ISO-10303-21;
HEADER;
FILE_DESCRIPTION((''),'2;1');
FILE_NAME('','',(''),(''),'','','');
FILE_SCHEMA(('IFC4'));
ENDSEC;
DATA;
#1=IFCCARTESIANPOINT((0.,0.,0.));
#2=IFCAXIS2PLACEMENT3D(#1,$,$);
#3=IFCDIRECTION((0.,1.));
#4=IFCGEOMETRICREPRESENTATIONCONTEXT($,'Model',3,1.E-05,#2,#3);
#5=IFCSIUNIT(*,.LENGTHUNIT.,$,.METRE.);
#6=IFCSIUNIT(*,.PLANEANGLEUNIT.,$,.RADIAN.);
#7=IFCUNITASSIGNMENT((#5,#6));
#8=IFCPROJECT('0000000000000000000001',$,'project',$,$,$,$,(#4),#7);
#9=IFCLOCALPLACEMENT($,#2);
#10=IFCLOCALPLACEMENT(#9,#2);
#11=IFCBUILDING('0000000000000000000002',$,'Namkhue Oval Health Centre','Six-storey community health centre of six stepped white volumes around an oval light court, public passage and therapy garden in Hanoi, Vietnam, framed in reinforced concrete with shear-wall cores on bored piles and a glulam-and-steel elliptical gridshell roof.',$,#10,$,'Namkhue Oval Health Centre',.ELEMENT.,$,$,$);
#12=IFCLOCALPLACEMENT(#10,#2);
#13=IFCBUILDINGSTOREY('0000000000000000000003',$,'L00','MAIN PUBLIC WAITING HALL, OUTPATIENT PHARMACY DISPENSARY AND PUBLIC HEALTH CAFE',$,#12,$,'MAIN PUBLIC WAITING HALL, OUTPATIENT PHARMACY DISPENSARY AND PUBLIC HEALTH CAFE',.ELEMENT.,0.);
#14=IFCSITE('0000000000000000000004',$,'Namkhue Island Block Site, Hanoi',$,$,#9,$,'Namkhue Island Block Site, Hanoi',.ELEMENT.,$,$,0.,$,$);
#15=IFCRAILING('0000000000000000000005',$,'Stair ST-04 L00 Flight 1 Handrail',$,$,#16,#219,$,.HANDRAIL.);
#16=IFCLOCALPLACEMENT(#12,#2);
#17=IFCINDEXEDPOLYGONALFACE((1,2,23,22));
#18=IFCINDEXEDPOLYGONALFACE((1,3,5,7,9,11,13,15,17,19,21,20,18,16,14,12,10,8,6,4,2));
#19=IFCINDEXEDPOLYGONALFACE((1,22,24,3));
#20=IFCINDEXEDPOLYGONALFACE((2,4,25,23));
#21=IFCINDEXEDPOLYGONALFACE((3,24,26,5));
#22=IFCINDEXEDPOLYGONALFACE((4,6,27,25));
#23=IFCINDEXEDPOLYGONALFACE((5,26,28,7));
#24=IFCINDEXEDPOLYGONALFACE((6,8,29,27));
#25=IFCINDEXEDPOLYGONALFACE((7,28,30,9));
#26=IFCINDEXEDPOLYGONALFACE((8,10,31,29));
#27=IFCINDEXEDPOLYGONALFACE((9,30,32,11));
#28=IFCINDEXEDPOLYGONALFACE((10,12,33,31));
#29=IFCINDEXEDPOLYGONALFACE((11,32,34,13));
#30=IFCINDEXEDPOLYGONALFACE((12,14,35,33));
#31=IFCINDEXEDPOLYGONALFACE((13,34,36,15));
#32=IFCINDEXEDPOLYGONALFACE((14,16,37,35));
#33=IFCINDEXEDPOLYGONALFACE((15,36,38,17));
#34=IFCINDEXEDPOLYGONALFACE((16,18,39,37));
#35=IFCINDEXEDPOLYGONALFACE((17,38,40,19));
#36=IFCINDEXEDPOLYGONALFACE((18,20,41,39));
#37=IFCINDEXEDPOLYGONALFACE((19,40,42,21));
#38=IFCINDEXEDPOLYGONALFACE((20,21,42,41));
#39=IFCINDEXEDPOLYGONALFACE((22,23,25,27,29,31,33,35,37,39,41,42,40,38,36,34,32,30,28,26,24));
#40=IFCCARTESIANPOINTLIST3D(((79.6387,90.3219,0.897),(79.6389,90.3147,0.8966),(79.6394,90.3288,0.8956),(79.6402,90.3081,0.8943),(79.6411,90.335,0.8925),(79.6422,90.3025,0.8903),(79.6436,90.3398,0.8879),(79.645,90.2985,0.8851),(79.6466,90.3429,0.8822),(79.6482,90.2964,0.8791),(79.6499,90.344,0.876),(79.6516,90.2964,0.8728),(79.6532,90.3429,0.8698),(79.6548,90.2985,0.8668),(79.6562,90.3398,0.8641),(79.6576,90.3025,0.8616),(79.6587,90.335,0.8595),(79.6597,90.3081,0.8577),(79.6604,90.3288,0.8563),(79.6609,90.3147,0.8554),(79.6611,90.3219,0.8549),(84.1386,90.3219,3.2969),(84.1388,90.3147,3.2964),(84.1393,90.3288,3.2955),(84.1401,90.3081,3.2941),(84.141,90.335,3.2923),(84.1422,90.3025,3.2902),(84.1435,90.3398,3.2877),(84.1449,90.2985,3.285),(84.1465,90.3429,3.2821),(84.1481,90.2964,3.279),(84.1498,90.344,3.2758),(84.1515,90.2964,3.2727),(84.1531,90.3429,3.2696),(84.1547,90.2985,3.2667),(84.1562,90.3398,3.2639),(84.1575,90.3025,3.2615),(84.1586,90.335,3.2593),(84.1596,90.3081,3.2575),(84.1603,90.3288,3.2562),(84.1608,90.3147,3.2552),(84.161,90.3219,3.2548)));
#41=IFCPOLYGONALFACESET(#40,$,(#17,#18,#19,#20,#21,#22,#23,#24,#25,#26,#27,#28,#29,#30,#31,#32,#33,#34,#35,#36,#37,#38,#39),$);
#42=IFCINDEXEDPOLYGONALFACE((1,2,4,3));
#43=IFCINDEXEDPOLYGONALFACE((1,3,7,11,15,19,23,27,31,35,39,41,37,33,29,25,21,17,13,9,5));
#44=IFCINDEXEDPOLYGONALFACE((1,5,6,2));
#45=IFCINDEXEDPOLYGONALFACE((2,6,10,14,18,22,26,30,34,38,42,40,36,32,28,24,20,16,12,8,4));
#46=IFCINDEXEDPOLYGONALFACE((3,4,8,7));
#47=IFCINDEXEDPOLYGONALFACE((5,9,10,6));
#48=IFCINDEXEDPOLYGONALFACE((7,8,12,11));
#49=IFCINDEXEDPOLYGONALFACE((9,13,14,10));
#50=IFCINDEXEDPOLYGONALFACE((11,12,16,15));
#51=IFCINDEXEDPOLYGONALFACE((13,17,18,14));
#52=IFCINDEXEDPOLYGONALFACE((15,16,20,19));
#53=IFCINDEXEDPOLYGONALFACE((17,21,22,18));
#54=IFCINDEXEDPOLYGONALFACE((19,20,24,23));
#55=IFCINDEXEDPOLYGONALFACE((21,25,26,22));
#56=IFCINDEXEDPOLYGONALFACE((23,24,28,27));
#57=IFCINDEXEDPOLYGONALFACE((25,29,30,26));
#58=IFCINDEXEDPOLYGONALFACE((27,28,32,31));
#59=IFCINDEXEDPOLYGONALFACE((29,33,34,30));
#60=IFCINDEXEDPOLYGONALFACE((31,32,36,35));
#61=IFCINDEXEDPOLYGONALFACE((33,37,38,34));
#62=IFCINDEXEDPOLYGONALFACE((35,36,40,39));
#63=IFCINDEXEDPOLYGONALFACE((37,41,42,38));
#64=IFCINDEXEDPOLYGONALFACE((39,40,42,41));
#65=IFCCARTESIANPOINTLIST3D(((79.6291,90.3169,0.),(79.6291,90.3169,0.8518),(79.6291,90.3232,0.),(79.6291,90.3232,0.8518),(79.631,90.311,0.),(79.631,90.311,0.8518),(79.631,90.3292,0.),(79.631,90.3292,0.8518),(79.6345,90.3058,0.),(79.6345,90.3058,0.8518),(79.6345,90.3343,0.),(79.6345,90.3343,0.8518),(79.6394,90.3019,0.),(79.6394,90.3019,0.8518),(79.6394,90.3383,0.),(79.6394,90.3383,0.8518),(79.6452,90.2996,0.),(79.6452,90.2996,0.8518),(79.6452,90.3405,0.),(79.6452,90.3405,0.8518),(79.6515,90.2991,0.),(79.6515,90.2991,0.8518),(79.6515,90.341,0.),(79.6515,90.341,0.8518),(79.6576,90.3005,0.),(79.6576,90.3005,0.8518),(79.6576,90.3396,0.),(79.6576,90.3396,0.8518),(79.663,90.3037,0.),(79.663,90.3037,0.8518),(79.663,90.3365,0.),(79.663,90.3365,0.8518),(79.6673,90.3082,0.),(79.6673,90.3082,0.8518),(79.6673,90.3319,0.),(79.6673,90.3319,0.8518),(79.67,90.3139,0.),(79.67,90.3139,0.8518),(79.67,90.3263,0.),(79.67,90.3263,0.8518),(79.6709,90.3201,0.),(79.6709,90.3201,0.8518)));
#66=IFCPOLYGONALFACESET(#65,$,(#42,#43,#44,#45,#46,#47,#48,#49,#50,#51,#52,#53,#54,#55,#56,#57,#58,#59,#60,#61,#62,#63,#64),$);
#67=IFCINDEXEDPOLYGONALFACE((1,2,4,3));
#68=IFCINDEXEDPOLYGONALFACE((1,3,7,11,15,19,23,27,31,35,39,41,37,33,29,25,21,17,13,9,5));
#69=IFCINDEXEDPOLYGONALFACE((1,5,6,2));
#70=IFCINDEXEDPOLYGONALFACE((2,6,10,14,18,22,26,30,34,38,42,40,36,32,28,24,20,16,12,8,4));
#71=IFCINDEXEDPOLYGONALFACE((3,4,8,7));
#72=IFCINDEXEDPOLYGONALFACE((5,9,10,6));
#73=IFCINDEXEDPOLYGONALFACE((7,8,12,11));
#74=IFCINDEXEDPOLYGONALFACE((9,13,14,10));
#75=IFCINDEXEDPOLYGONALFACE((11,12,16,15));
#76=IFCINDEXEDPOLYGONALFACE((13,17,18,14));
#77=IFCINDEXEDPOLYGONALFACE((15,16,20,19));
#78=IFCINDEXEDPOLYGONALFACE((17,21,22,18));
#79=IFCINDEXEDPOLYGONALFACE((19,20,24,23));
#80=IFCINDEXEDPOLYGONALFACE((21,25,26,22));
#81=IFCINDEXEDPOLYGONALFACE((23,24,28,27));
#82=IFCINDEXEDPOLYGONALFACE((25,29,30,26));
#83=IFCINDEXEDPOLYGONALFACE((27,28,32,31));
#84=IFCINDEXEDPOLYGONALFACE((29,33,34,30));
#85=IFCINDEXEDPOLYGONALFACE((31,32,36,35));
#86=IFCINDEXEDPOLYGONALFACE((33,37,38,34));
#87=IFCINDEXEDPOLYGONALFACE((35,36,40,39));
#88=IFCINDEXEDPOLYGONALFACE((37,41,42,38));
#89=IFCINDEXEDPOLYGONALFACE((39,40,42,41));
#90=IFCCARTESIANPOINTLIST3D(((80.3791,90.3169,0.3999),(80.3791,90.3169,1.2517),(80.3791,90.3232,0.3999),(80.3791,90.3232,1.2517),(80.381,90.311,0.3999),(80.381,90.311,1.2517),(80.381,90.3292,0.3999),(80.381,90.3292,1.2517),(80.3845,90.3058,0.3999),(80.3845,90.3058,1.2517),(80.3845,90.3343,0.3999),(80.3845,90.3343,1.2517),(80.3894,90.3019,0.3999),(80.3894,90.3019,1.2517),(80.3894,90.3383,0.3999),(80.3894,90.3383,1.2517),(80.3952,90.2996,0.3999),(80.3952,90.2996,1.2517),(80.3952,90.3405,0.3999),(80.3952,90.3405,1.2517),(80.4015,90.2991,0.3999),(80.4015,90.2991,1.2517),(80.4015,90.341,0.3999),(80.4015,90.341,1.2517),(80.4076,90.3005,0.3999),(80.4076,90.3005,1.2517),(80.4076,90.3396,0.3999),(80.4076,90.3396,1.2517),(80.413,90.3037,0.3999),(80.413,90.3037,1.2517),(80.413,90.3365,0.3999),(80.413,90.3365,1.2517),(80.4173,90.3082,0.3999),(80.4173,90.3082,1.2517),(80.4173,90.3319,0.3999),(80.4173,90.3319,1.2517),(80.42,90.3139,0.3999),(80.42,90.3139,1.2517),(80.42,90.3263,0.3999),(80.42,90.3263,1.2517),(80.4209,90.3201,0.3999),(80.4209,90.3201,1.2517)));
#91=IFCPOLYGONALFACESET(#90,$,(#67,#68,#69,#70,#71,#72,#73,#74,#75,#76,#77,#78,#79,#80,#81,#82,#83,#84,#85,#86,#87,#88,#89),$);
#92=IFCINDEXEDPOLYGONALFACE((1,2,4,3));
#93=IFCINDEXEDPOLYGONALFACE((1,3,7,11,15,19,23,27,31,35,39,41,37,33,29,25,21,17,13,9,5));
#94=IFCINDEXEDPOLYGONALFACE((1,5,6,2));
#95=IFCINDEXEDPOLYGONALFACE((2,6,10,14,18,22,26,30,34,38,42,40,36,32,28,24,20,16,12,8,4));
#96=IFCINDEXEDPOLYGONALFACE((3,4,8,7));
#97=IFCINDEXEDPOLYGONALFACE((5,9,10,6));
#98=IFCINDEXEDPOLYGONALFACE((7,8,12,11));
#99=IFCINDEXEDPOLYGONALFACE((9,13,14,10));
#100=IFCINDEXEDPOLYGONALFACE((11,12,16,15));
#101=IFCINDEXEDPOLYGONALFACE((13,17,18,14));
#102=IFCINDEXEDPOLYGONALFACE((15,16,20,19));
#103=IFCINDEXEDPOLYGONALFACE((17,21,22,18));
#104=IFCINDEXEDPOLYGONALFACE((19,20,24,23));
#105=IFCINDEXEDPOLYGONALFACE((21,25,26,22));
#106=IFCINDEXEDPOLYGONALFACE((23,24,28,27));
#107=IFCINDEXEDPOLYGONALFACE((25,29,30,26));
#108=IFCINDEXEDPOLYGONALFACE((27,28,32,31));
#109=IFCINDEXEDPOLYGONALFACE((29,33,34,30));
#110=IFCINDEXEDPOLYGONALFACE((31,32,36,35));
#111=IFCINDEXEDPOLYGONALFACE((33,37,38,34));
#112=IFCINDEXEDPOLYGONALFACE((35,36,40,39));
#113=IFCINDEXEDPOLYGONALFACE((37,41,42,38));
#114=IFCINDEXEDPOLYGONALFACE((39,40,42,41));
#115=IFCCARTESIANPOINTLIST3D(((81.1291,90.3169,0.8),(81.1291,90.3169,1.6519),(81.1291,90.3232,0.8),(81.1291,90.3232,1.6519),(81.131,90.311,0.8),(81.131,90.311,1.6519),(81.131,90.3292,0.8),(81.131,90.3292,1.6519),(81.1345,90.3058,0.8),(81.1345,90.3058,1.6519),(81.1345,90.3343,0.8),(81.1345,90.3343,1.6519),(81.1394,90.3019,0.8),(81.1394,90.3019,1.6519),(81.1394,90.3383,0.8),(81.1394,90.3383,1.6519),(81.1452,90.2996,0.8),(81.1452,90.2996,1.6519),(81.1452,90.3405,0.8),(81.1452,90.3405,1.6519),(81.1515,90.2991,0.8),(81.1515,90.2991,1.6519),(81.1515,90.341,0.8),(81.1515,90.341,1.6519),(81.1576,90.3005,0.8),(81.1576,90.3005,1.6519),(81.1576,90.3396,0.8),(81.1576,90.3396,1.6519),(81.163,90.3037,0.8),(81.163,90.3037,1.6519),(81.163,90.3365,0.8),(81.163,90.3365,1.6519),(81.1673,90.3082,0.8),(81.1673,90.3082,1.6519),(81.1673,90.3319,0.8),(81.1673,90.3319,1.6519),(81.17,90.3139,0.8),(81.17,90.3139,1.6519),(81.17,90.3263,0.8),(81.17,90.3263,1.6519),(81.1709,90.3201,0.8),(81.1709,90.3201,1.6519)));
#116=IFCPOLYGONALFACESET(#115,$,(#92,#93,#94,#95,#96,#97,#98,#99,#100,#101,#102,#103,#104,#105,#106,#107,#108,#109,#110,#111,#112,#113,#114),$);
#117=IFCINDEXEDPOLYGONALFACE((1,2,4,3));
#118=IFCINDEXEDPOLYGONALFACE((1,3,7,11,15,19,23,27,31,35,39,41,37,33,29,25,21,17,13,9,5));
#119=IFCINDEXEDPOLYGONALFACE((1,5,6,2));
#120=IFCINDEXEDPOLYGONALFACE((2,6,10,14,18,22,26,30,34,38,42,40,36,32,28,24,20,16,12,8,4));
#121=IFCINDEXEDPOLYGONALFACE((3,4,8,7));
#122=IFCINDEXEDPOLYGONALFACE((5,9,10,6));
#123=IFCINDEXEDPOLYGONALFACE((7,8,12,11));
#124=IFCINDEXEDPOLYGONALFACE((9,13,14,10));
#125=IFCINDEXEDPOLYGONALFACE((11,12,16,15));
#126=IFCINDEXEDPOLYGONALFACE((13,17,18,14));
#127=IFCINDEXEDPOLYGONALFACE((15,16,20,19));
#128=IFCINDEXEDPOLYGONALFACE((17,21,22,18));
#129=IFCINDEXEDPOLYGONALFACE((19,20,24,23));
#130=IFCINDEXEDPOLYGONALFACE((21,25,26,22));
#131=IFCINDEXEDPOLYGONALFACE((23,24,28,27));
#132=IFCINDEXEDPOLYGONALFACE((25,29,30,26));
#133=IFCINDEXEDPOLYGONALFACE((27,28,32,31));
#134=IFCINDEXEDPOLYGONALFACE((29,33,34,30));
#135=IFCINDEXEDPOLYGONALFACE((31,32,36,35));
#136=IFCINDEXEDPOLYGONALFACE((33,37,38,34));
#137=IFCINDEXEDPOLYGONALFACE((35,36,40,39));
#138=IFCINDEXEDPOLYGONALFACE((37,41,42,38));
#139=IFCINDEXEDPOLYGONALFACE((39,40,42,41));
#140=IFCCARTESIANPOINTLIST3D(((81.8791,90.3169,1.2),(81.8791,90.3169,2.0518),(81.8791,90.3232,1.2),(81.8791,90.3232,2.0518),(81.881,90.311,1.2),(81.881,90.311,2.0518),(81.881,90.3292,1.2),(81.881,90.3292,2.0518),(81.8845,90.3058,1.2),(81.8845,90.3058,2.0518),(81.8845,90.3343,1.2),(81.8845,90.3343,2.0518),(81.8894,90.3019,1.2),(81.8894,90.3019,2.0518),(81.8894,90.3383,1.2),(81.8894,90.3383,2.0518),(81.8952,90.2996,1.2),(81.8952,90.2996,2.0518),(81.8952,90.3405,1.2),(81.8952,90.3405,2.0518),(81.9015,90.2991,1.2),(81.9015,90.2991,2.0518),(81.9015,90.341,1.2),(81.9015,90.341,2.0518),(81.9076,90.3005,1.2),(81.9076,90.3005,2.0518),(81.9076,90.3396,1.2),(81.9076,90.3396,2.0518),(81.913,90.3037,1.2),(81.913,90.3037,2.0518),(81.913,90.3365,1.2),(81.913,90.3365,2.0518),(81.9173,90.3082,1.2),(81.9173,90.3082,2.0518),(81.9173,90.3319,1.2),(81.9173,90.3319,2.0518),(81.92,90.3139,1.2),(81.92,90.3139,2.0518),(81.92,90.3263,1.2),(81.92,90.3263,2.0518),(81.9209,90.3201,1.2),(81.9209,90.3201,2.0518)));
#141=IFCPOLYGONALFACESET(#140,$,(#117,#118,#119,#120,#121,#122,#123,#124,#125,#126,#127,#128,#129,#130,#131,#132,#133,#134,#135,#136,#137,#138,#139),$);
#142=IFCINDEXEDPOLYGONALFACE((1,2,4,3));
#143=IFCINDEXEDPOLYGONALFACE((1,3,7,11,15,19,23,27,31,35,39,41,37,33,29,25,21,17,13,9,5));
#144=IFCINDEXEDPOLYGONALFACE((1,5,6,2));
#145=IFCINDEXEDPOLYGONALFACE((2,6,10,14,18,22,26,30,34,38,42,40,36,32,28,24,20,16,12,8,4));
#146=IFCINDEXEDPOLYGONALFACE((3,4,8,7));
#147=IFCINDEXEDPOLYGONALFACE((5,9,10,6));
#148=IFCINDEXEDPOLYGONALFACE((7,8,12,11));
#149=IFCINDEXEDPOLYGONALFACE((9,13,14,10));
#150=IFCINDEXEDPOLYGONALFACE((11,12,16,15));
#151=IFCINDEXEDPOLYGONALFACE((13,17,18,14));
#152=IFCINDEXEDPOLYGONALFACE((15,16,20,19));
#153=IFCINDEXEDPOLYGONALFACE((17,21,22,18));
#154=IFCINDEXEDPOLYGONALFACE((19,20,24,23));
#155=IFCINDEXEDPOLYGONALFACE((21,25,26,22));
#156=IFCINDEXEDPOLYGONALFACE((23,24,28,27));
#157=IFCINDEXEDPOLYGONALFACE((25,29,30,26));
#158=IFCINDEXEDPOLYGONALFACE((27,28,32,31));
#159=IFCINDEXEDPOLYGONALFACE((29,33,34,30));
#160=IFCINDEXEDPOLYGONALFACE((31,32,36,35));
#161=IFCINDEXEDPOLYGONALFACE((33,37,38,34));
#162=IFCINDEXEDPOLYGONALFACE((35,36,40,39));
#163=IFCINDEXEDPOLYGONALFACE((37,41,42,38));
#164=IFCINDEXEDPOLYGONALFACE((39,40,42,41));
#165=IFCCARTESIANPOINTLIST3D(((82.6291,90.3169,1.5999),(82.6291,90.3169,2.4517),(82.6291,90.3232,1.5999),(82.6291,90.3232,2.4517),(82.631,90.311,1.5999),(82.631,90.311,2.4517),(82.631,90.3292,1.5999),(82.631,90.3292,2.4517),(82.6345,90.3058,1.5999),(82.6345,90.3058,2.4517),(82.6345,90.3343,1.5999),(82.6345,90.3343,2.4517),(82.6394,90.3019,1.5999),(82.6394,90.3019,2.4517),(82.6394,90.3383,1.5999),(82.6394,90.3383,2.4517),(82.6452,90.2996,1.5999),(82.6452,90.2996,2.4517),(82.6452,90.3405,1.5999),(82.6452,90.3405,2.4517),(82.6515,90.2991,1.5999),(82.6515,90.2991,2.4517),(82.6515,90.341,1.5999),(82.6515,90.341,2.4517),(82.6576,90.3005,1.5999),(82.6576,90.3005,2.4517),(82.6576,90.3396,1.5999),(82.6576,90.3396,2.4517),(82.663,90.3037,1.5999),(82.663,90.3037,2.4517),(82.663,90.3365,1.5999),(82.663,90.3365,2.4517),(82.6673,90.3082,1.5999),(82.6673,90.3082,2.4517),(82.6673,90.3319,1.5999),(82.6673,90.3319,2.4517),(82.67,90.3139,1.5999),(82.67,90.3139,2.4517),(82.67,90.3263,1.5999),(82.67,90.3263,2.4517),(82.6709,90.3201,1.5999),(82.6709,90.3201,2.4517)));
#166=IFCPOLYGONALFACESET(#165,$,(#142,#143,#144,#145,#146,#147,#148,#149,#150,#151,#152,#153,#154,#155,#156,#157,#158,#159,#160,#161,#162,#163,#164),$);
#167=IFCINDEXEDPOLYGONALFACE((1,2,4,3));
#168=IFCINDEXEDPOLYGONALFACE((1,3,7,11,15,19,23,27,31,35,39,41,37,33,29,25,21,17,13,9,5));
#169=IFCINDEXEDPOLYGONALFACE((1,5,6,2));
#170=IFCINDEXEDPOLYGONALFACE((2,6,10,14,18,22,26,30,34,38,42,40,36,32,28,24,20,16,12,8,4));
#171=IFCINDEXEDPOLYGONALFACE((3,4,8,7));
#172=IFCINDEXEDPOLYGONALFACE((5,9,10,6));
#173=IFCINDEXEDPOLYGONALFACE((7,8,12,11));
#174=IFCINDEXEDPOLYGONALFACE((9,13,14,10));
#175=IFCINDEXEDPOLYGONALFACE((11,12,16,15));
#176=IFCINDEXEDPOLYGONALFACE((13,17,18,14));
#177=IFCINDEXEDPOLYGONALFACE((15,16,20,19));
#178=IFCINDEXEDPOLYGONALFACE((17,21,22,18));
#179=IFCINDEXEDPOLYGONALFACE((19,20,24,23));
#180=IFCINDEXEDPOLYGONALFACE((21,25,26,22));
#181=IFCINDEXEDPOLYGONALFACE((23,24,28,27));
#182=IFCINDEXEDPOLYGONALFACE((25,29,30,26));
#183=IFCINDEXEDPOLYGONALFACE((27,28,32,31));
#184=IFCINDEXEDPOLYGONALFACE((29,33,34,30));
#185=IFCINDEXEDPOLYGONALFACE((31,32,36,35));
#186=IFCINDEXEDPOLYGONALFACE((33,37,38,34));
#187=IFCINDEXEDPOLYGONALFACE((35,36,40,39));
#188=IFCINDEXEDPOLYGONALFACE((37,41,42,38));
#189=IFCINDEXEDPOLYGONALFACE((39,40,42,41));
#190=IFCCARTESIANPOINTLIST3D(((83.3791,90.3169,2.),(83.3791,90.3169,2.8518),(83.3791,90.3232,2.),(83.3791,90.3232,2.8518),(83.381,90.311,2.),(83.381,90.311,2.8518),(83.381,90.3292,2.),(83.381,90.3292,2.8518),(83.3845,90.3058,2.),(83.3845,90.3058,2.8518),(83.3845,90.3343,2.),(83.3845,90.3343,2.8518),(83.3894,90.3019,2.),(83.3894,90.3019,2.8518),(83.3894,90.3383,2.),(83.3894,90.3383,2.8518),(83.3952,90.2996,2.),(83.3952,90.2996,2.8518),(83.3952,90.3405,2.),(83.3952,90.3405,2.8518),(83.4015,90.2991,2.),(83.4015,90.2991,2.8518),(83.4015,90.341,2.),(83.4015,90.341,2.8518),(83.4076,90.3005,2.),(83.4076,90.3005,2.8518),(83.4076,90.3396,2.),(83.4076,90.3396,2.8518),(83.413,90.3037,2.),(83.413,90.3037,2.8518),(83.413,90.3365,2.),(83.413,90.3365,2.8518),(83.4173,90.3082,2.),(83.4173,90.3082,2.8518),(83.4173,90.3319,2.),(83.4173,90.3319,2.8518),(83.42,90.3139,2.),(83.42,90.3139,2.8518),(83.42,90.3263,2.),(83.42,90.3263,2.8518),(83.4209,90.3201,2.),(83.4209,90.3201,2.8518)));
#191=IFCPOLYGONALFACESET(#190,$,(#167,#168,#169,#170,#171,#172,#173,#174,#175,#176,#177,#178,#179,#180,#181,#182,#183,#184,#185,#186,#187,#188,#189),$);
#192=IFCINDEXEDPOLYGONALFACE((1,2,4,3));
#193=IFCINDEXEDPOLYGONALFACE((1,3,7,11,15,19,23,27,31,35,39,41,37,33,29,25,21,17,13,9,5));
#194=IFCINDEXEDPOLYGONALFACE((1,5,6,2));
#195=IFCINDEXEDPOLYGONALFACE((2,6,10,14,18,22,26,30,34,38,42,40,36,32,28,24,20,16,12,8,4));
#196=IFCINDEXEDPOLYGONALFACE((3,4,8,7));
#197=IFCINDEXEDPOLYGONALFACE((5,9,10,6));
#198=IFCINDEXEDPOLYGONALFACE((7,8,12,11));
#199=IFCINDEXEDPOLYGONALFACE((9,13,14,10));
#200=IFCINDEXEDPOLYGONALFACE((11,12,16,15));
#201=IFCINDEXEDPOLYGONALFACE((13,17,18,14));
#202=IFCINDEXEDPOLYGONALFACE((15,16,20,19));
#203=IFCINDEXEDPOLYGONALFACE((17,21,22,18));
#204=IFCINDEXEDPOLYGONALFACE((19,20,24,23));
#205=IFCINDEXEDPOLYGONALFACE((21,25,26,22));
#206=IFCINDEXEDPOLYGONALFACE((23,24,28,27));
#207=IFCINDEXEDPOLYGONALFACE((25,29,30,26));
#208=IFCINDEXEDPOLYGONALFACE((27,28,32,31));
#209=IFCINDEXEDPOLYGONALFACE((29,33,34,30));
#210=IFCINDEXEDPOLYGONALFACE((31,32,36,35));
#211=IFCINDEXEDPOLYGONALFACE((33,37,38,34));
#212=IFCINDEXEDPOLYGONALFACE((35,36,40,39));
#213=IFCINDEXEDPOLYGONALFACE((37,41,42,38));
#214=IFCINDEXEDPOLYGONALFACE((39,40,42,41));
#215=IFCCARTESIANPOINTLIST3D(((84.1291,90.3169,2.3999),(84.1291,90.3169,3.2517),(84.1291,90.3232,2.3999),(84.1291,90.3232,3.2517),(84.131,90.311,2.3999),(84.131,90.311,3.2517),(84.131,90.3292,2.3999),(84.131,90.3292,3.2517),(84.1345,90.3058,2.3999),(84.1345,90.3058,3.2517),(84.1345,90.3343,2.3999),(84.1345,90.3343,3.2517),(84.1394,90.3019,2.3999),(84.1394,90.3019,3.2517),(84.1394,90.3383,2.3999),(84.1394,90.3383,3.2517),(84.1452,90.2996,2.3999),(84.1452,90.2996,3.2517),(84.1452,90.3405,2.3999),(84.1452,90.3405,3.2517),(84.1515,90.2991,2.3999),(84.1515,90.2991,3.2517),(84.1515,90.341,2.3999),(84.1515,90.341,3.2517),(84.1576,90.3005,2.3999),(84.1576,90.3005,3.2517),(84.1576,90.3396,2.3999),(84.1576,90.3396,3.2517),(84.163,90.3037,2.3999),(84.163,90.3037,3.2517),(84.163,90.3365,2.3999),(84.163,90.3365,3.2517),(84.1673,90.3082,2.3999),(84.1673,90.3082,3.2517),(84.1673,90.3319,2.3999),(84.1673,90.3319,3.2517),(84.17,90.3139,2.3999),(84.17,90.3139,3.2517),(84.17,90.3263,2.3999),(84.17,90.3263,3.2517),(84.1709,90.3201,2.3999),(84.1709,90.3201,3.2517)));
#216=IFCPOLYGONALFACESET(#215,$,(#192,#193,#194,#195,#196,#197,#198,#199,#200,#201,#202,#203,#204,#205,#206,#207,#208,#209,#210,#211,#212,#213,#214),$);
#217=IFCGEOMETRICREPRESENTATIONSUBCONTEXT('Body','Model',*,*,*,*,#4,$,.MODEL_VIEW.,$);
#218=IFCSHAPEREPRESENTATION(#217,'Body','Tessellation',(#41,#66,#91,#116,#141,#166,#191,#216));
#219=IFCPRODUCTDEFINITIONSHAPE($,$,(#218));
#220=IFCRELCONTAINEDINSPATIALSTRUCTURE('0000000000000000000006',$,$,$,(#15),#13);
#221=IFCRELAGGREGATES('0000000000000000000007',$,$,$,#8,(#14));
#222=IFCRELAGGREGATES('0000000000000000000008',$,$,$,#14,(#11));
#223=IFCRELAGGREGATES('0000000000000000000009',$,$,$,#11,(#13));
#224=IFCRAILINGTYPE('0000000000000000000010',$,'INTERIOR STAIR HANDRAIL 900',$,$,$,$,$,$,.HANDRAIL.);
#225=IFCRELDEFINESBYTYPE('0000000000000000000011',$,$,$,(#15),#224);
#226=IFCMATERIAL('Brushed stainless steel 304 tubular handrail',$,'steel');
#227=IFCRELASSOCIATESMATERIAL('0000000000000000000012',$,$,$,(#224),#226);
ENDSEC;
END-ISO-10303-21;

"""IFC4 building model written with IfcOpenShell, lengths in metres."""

from ifc_helpers import new_model, si_unit, direction, frame, origin, origin_2d, place, context, subcontext, project, spatial, circle, extrude, material, type_object, element, save


model = new_model("IFC4")

# Units and contexts
model_context = context("Model", 3, precision=1e-05, world=origin(), true_north=direction((0.0, 1.0)))
body_context = subcontext(model_context, "Body", "Model", "MODEL_VIEW")
ifc_project = project(units=[si_unit("LENGTHUNIT", "METRE"), si_unit("PLANEANGLEUNIT", "RADIAN")], contexts=[model_context])

# Site, building, storey
site_placement = place(None, origin())
site = spatial("IfcSite", under=ifc_project, at=site_placement, Name="Namkhue Island Block Site, Hanoi", LongName="Namkhue Island Block Site, Hanoi", CompositionType="ELEMENT", RefElevation=0.0)
building_placement = place(site_placement, origin())
building = spatial("IfcBuilding", under=site, at=building_placement, Name="Namkhue Oval Health Centre", Description="Six-storey community health centre of six stepped white volumes around an oval light court, public passage and therapy garden in Hanoi, Vietnam, framed in reinforced concrete with shear-wall cores on bored piles and a glulam-and-steel elliptical gridshell roof.", LongName="Namkhue Oval Health Centre", CompositionType="ELEMENT")
storey_placement = place(building_placement, origin())
storey = spatial("IfcBuildingStorey", under=building, at=storey_placement, Name="L00", Description="MAIN PUBLIC WAITING HALL, OUTPATIENT PHARMACY DISPENSARY AND PUBLIC HEALTH CAFE", LongName="MAIN PUBLIC WAITING HALL, OUTPATIENT PHARMACY DISPENSARY AND PUBLIC HEALTH CAFE", CompositionType="ELEMENT", Elevation=0.0)

# Railing
ifc_material_1 = material(Name="Brushed stainless steel 304 tubular handrail", Category="steel")
railing_type_1 = type_object("IfcRailingType", Name="INTERIOR STAIR HANDRAIL 900", PredefinedType="HANDRAIL", material=ifc_material_1)
railing_1_placement = place(storey_placement, frame((79.6499, 90.3201, 0.0)))
element("IfcRailing", 1, at=railing_1_placement, inside=storey, type_object=railing_type_1, Name="Stair ST-04 L00 Flight 1 Handrail", PredefinedType="HANDRAIL", context=body_context, shape_type="SweptSolid", body=[
    extrude(circle(Radius=0.0239, at=origin_2d()), frame((0.0, 0.0, 0.876), z_axis=(0.882361, 0.0, 0.470573), x_axis=(0.0, 1.0, 0.0)), (0.0, 0.0, 1.0), 5.0999),
    extrude(circle(Radius=0.021, at=origin_2d()), origin(), (0.0, 0.0, 1.0), 0.8518),
    extrude(circle(Radius=0.021, at=origin_2d()), frame((0.75, 0.0, 0.3999)), (0.0, 0.0, 1.0), 0.8518),
    extrude(circle(Radius=0.021, at=origin_2d()), frame((1.5, 0.0, 0.8)), (0.0, 0.0, 1.0), 0.8518),
    extrude(circle(Radius=0.021, at=origin_2d()), frame((2.25, 0.0, 1.2)), (0.0, 0.0, 1.0), 0.8518),
    extrude(circle(Radius=0.021, at=origin_2d()), frame((3.0, 0.0, 1.5999)), (0.0, 0.0, 1.0), 0.8518),
    extrude(circle(Radius=0.021, at=origin_2d()), frame((3.75, 0.0, 2.0)), (0.0, 0.0, 1.0), 0.8518),
    extrude(circle(Radius=0.021, at=origin_2d()), frame((4.5, 0.0, 2.3999)), (0.0, 0.0, 1.0), 0.8518),
])

save(model, "model.ifc")
